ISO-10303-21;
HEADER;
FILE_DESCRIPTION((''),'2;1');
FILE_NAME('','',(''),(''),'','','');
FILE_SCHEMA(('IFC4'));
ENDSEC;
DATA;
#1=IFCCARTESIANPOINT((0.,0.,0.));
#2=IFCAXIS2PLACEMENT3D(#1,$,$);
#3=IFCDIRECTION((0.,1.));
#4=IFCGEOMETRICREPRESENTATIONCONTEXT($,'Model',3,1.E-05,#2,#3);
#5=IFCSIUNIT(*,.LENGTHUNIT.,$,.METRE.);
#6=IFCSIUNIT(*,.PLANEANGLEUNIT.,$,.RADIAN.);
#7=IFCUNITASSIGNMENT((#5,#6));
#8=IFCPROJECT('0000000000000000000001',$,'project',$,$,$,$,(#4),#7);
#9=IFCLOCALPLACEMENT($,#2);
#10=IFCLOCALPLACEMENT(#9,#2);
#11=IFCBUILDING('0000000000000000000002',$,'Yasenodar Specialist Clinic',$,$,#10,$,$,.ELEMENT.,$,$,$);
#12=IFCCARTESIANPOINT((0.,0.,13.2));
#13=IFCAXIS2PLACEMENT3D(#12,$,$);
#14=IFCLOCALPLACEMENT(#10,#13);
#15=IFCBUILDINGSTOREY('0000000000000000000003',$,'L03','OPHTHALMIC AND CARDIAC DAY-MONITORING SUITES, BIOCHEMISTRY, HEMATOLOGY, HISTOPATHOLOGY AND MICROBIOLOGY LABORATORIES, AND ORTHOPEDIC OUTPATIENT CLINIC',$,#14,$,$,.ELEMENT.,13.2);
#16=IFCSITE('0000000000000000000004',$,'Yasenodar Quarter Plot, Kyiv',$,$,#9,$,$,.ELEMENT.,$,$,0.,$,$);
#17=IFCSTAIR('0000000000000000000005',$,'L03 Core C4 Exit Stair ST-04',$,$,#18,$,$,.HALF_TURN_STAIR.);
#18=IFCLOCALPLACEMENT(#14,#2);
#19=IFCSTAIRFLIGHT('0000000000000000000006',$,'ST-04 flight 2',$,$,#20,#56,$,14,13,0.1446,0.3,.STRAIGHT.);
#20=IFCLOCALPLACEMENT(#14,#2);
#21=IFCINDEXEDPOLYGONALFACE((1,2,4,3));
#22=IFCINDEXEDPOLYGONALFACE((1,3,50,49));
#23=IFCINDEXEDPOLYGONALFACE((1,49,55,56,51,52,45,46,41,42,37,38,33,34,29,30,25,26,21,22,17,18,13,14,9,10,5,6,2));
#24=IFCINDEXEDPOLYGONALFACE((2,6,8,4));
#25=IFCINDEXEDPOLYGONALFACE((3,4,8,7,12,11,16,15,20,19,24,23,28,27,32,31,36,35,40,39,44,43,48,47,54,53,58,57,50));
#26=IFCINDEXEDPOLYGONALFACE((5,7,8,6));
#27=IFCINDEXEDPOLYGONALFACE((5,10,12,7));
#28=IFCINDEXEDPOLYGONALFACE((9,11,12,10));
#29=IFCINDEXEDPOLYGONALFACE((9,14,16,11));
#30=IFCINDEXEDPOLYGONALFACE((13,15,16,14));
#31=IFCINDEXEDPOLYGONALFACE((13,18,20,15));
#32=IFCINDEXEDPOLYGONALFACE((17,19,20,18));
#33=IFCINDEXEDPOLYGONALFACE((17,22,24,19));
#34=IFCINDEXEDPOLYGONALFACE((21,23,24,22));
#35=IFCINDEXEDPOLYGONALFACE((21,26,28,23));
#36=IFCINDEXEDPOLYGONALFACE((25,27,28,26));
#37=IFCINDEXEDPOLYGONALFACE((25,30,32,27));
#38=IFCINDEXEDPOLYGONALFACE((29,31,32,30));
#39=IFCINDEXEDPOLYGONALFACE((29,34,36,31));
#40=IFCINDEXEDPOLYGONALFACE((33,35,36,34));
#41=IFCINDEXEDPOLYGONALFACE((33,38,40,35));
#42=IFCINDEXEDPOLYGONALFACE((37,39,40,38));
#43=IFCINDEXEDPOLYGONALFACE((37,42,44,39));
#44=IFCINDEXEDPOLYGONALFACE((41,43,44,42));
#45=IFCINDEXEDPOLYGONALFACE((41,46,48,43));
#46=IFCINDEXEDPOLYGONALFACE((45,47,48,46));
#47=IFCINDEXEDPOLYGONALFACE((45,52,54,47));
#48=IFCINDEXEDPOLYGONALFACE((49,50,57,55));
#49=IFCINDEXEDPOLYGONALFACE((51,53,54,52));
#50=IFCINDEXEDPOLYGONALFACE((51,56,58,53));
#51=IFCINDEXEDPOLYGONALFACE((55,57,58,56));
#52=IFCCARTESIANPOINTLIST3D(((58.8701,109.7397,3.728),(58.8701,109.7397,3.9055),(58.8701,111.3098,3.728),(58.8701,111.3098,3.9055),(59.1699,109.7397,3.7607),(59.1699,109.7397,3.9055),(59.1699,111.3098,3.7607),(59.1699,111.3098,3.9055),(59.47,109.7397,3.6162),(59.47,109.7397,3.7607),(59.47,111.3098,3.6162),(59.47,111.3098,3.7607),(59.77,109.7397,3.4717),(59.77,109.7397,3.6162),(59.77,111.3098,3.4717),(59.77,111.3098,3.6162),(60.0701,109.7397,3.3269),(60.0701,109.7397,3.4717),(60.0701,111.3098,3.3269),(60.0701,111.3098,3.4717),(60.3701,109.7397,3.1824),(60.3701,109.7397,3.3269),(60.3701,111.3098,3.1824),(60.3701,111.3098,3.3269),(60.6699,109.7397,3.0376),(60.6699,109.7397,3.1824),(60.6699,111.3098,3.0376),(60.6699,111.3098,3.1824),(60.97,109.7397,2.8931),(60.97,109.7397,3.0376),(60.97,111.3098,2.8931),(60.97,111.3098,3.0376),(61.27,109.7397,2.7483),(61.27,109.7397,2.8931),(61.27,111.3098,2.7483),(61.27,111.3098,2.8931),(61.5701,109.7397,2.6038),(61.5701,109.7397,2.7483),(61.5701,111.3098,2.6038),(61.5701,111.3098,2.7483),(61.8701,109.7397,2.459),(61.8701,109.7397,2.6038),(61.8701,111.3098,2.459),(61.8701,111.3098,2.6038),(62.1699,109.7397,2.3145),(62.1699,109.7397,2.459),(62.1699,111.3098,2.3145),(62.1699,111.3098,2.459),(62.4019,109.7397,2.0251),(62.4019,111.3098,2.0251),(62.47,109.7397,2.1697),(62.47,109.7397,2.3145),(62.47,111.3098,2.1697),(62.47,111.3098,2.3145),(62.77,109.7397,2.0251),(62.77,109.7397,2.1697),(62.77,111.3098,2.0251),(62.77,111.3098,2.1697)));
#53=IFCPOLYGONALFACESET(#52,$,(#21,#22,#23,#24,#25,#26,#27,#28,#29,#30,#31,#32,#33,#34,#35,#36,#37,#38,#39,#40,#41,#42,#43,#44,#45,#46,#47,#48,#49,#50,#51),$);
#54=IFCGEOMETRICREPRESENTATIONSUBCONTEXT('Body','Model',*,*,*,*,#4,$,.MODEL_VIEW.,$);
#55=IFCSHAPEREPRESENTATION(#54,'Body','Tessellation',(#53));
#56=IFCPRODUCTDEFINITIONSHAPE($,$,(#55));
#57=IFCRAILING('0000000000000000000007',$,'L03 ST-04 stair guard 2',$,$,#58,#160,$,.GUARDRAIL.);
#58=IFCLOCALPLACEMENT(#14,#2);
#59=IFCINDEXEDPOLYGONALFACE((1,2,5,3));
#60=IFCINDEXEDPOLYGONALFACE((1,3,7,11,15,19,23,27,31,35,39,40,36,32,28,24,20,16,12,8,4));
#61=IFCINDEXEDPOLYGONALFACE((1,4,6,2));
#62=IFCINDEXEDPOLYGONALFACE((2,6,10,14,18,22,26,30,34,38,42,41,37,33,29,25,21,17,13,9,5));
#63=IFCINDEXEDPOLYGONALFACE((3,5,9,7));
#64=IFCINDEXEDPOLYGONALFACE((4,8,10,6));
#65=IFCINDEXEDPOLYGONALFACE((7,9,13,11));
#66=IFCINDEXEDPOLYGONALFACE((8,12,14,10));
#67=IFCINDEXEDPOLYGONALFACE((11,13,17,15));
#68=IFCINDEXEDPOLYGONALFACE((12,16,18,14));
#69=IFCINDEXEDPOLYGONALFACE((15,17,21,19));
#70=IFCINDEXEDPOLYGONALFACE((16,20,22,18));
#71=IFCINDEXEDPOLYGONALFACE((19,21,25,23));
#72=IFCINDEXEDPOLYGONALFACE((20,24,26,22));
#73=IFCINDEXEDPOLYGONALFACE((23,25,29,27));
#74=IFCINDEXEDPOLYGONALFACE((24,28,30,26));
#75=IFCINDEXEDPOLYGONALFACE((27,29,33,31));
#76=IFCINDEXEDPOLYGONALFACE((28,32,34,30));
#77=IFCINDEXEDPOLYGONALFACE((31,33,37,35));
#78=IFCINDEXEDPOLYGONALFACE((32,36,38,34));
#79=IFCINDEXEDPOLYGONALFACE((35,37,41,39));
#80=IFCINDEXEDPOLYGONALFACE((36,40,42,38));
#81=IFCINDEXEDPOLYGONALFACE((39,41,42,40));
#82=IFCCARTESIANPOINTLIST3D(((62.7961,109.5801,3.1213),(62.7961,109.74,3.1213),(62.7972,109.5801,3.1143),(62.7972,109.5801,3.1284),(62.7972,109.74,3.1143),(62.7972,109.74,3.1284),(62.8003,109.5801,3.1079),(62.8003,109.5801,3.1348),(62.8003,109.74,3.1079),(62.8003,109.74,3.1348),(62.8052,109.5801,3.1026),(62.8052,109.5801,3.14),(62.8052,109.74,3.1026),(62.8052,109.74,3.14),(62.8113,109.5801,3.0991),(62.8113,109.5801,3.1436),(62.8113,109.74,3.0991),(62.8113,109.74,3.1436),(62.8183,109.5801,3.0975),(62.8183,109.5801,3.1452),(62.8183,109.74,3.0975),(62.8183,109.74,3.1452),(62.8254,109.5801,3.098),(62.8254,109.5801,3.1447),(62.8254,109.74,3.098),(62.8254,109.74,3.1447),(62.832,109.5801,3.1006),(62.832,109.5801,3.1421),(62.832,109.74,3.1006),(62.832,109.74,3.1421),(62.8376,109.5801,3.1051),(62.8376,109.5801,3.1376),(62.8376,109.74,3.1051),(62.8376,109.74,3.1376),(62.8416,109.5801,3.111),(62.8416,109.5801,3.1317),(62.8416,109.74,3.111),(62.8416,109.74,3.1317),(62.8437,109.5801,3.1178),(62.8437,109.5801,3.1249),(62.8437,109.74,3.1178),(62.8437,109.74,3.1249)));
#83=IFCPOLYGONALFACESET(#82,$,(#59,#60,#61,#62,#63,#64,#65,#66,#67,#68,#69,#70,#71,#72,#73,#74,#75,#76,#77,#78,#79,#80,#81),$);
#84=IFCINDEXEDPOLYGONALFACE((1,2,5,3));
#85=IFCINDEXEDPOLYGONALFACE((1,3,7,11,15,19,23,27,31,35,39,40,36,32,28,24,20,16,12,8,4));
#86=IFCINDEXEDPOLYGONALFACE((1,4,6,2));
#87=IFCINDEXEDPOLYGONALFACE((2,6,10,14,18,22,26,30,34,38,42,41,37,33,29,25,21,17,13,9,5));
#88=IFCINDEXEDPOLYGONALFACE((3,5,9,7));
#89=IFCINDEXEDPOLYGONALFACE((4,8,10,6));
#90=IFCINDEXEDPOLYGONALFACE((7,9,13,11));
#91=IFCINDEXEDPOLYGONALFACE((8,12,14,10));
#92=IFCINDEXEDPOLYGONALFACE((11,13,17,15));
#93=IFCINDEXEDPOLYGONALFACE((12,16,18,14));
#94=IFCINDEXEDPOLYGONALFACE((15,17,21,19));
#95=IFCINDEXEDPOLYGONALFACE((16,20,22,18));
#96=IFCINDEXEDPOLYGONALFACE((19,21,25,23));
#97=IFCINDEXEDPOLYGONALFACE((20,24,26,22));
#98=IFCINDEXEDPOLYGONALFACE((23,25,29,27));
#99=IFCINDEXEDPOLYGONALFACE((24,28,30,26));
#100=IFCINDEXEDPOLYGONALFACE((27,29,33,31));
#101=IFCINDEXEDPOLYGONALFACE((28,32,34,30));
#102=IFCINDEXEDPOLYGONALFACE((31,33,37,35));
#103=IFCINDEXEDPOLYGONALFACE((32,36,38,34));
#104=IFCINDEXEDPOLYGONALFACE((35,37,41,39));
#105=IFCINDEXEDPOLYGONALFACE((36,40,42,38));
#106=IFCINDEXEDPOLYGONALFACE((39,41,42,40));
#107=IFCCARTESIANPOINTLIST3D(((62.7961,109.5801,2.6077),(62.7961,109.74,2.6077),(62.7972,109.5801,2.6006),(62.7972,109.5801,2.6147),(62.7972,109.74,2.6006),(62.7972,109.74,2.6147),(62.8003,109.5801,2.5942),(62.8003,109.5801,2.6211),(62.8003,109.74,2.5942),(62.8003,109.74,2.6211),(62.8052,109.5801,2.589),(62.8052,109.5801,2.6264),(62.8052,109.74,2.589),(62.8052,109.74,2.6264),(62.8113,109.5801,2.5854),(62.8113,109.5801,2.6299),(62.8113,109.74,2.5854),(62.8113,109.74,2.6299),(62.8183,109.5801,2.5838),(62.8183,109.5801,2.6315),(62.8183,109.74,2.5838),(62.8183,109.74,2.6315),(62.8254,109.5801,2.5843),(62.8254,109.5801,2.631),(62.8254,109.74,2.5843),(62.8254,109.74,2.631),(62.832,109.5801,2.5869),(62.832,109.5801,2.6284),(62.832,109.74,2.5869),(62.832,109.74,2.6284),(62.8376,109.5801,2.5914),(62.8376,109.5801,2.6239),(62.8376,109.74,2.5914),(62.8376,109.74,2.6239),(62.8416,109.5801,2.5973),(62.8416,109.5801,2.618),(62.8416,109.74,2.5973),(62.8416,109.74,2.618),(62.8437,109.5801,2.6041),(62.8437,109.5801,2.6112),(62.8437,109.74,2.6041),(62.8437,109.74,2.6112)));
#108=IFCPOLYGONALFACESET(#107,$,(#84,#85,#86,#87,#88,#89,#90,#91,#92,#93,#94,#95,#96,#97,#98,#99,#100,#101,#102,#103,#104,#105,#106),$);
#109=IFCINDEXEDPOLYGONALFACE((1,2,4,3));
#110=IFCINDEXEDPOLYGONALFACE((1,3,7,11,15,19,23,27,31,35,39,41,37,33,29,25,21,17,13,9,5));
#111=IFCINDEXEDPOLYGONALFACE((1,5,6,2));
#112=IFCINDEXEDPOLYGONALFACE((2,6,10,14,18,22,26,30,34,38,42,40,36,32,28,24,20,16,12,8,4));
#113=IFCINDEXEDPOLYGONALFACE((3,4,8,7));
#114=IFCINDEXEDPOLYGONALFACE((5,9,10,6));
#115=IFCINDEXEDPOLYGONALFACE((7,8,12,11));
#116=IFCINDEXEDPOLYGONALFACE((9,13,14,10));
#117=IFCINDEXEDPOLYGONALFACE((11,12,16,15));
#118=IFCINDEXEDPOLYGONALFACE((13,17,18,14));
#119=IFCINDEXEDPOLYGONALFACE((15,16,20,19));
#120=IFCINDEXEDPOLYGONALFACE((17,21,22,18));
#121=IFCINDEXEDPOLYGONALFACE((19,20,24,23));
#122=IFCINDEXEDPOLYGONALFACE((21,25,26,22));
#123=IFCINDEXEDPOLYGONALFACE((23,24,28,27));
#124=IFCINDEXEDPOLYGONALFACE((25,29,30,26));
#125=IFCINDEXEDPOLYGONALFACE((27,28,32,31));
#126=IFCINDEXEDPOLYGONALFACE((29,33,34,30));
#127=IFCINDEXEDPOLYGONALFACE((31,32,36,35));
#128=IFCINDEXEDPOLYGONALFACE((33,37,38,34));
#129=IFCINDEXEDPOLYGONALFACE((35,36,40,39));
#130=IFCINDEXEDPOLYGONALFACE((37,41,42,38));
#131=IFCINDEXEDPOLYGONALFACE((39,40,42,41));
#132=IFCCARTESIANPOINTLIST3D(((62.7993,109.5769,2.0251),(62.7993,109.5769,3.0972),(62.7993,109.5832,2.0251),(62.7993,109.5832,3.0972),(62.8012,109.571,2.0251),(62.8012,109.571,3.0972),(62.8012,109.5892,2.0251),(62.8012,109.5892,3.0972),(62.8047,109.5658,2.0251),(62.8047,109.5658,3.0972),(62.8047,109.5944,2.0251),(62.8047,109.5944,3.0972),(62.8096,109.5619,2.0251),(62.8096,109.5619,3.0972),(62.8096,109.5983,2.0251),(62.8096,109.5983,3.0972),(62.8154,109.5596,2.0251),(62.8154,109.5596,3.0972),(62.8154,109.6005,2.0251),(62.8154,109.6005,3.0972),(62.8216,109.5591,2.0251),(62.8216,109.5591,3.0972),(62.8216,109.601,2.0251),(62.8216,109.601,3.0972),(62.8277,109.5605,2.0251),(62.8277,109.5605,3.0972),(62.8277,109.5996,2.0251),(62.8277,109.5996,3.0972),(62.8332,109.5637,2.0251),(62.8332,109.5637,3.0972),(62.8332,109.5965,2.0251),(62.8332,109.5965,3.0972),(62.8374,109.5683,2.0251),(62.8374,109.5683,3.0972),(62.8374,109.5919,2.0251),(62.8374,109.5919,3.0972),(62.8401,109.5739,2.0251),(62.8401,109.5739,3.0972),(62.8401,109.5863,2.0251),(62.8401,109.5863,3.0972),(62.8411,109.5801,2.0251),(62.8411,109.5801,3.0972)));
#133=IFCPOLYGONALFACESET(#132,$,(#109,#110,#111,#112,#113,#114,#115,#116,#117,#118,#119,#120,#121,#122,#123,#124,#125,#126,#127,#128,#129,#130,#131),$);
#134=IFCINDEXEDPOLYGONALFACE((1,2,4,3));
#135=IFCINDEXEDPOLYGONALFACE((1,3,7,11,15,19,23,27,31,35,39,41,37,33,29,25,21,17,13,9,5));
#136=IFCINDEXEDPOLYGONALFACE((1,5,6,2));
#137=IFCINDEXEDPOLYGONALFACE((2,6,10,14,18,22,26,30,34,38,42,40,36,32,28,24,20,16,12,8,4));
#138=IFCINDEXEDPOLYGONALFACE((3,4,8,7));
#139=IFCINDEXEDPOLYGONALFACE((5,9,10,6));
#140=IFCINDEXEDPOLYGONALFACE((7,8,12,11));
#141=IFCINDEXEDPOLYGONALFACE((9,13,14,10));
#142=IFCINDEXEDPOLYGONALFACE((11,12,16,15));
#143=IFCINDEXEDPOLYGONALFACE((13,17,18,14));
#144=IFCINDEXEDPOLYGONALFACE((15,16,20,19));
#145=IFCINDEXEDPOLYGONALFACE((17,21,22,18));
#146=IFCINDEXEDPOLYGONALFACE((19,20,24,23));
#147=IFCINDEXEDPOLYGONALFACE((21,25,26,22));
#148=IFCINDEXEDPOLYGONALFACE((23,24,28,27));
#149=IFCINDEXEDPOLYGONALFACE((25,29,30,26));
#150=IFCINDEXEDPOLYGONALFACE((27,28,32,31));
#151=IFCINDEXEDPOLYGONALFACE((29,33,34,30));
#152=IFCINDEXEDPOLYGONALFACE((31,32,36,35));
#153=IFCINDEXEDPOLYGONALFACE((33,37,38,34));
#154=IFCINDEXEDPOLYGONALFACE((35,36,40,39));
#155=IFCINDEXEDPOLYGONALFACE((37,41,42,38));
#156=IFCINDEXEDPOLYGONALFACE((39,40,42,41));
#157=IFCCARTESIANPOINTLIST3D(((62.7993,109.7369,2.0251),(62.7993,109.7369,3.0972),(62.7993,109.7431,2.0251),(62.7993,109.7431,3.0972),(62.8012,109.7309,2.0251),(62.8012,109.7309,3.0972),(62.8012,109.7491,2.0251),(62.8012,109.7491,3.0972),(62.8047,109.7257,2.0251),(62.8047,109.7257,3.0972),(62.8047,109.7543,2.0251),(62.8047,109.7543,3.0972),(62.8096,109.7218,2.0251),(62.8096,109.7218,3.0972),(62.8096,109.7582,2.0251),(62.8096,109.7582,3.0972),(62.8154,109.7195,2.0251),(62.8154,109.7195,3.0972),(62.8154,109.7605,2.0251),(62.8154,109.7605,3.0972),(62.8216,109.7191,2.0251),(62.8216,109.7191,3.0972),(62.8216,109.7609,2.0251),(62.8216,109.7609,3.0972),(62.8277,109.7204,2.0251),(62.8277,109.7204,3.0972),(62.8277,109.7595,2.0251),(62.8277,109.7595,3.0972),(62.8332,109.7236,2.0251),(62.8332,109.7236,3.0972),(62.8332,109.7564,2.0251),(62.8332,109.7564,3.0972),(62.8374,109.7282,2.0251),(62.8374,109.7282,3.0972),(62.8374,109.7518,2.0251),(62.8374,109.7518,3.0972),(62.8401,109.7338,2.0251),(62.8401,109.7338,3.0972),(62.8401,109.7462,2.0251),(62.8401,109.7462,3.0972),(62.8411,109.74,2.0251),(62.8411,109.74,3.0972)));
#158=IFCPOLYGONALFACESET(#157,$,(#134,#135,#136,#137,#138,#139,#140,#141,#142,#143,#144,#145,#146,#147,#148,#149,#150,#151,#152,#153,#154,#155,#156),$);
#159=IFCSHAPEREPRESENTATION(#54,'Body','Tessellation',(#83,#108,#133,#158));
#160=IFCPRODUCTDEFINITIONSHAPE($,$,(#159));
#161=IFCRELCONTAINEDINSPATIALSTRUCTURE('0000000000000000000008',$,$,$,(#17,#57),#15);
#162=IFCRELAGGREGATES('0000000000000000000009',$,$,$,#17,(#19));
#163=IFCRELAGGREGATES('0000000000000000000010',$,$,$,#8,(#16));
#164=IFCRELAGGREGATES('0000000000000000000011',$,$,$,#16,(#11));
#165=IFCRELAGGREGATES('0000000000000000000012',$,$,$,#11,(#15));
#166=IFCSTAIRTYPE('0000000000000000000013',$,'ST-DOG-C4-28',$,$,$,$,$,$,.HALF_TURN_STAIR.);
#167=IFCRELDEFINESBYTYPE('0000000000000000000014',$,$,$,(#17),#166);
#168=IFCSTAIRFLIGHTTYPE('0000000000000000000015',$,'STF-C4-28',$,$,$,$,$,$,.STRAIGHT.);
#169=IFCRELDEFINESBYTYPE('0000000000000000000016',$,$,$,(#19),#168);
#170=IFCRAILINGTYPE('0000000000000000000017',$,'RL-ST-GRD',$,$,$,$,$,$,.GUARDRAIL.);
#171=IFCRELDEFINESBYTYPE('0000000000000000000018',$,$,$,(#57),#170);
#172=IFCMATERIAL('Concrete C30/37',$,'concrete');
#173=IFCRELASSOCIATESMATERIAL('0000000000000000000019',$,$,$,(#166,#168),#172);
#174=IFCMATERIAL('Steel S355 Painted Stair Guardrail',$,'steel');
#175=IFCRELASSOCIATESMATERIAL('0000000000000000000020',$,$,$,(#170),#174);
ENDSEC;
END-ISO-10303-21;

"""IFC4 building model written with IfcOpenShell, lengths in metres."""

from ifc_helpers import new_model, si_unit, direction, frame, origin, origin_2d, place, context, subcontext, project, spatial, polyline, circle, outline, extrude, material, type_object, element, aggregate, save


model = new_model("IFC4")

# Units and contexts
model_context = context("Model", 3, precision=1e-05, world=origin(), true_north=direction((0.0, 1.0)))
body_context = subcontext(model_context, "Body", "Model", "MODEL_VIEW")
ifc_project = project(units=[si_unit("LENGTHUNIT", "METRE"), si_unit("PLANEANGLEUNIT", "RADIAN")], contexts=[model_context])

# Site, building, storey
site_placement = place(None, origin())
site = spatial("IfcSite", under=ifc_project, at=site_placement, Name="Yasenodar Quarter Plot, Kyiv", CompositionType="ELEMENT", RefElevation=0.0)
building_placement = place(site_placement, origin())
building = spatial("IfcBuilding", under=site, at=building_placement, Name="Yasenodar Specialist Clinic", CompositionType="ELEMENT")
storey_placement = place(building_placement, frame((0.0, 0.0, 13.2)))
storey = spatial("IfcBuildingStorey", under=building, at=storey_placement, Name="L03", Description="OPHTHALMIC AND CARDIAC DAY-MONITORING SUITES, BIOCHEMISTRY, HEMATOLOGY, HISTOPATHOLOGY AND MICROBIOLOGY LABORATORIES, AND ORTHOPEDIC OUTPATIENT CLINIC", CompositionType="ELEMENT", Elevation=13.2)

# Stair, stair flight
ifc_material_1 = material(Name="Concrete C30/37", Category="concrete")
stair_type = type_object("IfcStairType", Name="ST-DOG-C4-28", PredefinedType="HALF_TURN_STAIR", material=ifc_material_1)
stair_placement = place(storey_placement, origin())
stair = element("IfcStair", 1, at=stair_placement, inside=storey, type_object=stair_type, Name="L03 Core C4 Exit Stair ST-04", PredefinedType="HALF_TURN_STAIR")
stair_flight_type = type_object("IfcStairFlightType", Name="STF-C4-28", PredefinedType="STRAIGHT", material=ifc_material_1)
stair_flight_placement = place(storey_placement, frame((62.77, 110.5249, 2.0251), z_axis=(0.0, 0.0, 1.0), x_axis=(-1.0, 0.0, 0.0)))
stair_flight = element("IfcStairFlight", 2, at=stair_flight_placement, type_object=stair_flight_type, Name="ST-04 flight 2", NumberOfRisers=14, NumberOfTreads=13, PredefinedType="STRAIGHT", RiserHeight=0.1446, TreadLength=0.3, context=body_context, shape_type="SweptSolid", body=[
    extrude(outline(polyline([(0.0, 0.0), (0.0, 0.1445), (0.3, 0.1445), (0.3, 0.2893), (0.6001, 0.2893), (0.6001, 0.4338), (0.8999, 0.4338), (0.8999, 0.5786), (1.2, 0.5786), (1.2, 0.7231), (1.5, 0.7231), (1.5, 0.8679), (1.8, 0.8679), (1.8, 1.0125), (2.1001, 1.0125), (2.1001, 1.1572), (2.3999, 1.1572), (2.3999, 1.3018), (2.7, 1.3018), (2.7, 1.4465), (3.0, 1.4465), (3.0, 1.5911), (3.3, 1.5911), (3.3, 1.7356), (3.6001, 1.7356), (3.6001, 1.8804), (3.8999, 1.8804), (3.8999, 2.0249), (3.8999, 1.7029), (0.3682, 0.0), (0.0, 0.0)])), frame((0.0, 0.7852, 0.0), z_axis=(0.0, -1.0, 0.0), x_axis=(1.0, 0.0, 0.0)), (0.0, 0.0, 1.0), 1.5701),
])
aggregate(stair, [stair_flight])

# Railing
ifc_material_2 = material(Name="Steel S355 Painted Stair Guardrail", Category="steel")
railing_type_1 = type_object("IfcRailingType", Name="RL-ST-GRD", PredefinedType="GUARDRAIL", material=ifc_material_2)
railing_1_placement = place(storey_placement, frame((62.8201, 109.5801, 2.0251)))
element("IfcRailing", 3, at=railing_1_placement, inside=storey, type_object=railing_type_1, Name="L03 ST-04 stair guard 2", PredefinedType="GUARDRAIL", context=body_context, shape_type="SweptSolid", body=[
    extrude(circle(Radius=0.0239, at=origin_2d()), frame((0.0, 0.0, 1.0962), z_axis=(0.0, 1.0, 0.0), x_axis=(-1.0, 0.0, 0.0)), (0.0, 0.0, 1.0), 0.1599),
    extrude(circle(Radius=0.0239, at=origin_2d()), frame((0.0, 0.0, 0.5825), z_axis=(0.0, 1.0, 0.0), x_axis=(-1.0, 0.0, 0.0)), (0.0, 0.0, 1.0), 0.1599),
    extrude(circle(Radius=0.021, at=origin_2d()), origin(), (0.0, 0.0, 1.0), 1.072),
    extrude(circle(Radius=0.021, at=origin_2d()), frame((0.0, 0.1599, 0.0)), (0.0, 0.0, 1.0), 1.072),
])

save(model, "model.ifc")
